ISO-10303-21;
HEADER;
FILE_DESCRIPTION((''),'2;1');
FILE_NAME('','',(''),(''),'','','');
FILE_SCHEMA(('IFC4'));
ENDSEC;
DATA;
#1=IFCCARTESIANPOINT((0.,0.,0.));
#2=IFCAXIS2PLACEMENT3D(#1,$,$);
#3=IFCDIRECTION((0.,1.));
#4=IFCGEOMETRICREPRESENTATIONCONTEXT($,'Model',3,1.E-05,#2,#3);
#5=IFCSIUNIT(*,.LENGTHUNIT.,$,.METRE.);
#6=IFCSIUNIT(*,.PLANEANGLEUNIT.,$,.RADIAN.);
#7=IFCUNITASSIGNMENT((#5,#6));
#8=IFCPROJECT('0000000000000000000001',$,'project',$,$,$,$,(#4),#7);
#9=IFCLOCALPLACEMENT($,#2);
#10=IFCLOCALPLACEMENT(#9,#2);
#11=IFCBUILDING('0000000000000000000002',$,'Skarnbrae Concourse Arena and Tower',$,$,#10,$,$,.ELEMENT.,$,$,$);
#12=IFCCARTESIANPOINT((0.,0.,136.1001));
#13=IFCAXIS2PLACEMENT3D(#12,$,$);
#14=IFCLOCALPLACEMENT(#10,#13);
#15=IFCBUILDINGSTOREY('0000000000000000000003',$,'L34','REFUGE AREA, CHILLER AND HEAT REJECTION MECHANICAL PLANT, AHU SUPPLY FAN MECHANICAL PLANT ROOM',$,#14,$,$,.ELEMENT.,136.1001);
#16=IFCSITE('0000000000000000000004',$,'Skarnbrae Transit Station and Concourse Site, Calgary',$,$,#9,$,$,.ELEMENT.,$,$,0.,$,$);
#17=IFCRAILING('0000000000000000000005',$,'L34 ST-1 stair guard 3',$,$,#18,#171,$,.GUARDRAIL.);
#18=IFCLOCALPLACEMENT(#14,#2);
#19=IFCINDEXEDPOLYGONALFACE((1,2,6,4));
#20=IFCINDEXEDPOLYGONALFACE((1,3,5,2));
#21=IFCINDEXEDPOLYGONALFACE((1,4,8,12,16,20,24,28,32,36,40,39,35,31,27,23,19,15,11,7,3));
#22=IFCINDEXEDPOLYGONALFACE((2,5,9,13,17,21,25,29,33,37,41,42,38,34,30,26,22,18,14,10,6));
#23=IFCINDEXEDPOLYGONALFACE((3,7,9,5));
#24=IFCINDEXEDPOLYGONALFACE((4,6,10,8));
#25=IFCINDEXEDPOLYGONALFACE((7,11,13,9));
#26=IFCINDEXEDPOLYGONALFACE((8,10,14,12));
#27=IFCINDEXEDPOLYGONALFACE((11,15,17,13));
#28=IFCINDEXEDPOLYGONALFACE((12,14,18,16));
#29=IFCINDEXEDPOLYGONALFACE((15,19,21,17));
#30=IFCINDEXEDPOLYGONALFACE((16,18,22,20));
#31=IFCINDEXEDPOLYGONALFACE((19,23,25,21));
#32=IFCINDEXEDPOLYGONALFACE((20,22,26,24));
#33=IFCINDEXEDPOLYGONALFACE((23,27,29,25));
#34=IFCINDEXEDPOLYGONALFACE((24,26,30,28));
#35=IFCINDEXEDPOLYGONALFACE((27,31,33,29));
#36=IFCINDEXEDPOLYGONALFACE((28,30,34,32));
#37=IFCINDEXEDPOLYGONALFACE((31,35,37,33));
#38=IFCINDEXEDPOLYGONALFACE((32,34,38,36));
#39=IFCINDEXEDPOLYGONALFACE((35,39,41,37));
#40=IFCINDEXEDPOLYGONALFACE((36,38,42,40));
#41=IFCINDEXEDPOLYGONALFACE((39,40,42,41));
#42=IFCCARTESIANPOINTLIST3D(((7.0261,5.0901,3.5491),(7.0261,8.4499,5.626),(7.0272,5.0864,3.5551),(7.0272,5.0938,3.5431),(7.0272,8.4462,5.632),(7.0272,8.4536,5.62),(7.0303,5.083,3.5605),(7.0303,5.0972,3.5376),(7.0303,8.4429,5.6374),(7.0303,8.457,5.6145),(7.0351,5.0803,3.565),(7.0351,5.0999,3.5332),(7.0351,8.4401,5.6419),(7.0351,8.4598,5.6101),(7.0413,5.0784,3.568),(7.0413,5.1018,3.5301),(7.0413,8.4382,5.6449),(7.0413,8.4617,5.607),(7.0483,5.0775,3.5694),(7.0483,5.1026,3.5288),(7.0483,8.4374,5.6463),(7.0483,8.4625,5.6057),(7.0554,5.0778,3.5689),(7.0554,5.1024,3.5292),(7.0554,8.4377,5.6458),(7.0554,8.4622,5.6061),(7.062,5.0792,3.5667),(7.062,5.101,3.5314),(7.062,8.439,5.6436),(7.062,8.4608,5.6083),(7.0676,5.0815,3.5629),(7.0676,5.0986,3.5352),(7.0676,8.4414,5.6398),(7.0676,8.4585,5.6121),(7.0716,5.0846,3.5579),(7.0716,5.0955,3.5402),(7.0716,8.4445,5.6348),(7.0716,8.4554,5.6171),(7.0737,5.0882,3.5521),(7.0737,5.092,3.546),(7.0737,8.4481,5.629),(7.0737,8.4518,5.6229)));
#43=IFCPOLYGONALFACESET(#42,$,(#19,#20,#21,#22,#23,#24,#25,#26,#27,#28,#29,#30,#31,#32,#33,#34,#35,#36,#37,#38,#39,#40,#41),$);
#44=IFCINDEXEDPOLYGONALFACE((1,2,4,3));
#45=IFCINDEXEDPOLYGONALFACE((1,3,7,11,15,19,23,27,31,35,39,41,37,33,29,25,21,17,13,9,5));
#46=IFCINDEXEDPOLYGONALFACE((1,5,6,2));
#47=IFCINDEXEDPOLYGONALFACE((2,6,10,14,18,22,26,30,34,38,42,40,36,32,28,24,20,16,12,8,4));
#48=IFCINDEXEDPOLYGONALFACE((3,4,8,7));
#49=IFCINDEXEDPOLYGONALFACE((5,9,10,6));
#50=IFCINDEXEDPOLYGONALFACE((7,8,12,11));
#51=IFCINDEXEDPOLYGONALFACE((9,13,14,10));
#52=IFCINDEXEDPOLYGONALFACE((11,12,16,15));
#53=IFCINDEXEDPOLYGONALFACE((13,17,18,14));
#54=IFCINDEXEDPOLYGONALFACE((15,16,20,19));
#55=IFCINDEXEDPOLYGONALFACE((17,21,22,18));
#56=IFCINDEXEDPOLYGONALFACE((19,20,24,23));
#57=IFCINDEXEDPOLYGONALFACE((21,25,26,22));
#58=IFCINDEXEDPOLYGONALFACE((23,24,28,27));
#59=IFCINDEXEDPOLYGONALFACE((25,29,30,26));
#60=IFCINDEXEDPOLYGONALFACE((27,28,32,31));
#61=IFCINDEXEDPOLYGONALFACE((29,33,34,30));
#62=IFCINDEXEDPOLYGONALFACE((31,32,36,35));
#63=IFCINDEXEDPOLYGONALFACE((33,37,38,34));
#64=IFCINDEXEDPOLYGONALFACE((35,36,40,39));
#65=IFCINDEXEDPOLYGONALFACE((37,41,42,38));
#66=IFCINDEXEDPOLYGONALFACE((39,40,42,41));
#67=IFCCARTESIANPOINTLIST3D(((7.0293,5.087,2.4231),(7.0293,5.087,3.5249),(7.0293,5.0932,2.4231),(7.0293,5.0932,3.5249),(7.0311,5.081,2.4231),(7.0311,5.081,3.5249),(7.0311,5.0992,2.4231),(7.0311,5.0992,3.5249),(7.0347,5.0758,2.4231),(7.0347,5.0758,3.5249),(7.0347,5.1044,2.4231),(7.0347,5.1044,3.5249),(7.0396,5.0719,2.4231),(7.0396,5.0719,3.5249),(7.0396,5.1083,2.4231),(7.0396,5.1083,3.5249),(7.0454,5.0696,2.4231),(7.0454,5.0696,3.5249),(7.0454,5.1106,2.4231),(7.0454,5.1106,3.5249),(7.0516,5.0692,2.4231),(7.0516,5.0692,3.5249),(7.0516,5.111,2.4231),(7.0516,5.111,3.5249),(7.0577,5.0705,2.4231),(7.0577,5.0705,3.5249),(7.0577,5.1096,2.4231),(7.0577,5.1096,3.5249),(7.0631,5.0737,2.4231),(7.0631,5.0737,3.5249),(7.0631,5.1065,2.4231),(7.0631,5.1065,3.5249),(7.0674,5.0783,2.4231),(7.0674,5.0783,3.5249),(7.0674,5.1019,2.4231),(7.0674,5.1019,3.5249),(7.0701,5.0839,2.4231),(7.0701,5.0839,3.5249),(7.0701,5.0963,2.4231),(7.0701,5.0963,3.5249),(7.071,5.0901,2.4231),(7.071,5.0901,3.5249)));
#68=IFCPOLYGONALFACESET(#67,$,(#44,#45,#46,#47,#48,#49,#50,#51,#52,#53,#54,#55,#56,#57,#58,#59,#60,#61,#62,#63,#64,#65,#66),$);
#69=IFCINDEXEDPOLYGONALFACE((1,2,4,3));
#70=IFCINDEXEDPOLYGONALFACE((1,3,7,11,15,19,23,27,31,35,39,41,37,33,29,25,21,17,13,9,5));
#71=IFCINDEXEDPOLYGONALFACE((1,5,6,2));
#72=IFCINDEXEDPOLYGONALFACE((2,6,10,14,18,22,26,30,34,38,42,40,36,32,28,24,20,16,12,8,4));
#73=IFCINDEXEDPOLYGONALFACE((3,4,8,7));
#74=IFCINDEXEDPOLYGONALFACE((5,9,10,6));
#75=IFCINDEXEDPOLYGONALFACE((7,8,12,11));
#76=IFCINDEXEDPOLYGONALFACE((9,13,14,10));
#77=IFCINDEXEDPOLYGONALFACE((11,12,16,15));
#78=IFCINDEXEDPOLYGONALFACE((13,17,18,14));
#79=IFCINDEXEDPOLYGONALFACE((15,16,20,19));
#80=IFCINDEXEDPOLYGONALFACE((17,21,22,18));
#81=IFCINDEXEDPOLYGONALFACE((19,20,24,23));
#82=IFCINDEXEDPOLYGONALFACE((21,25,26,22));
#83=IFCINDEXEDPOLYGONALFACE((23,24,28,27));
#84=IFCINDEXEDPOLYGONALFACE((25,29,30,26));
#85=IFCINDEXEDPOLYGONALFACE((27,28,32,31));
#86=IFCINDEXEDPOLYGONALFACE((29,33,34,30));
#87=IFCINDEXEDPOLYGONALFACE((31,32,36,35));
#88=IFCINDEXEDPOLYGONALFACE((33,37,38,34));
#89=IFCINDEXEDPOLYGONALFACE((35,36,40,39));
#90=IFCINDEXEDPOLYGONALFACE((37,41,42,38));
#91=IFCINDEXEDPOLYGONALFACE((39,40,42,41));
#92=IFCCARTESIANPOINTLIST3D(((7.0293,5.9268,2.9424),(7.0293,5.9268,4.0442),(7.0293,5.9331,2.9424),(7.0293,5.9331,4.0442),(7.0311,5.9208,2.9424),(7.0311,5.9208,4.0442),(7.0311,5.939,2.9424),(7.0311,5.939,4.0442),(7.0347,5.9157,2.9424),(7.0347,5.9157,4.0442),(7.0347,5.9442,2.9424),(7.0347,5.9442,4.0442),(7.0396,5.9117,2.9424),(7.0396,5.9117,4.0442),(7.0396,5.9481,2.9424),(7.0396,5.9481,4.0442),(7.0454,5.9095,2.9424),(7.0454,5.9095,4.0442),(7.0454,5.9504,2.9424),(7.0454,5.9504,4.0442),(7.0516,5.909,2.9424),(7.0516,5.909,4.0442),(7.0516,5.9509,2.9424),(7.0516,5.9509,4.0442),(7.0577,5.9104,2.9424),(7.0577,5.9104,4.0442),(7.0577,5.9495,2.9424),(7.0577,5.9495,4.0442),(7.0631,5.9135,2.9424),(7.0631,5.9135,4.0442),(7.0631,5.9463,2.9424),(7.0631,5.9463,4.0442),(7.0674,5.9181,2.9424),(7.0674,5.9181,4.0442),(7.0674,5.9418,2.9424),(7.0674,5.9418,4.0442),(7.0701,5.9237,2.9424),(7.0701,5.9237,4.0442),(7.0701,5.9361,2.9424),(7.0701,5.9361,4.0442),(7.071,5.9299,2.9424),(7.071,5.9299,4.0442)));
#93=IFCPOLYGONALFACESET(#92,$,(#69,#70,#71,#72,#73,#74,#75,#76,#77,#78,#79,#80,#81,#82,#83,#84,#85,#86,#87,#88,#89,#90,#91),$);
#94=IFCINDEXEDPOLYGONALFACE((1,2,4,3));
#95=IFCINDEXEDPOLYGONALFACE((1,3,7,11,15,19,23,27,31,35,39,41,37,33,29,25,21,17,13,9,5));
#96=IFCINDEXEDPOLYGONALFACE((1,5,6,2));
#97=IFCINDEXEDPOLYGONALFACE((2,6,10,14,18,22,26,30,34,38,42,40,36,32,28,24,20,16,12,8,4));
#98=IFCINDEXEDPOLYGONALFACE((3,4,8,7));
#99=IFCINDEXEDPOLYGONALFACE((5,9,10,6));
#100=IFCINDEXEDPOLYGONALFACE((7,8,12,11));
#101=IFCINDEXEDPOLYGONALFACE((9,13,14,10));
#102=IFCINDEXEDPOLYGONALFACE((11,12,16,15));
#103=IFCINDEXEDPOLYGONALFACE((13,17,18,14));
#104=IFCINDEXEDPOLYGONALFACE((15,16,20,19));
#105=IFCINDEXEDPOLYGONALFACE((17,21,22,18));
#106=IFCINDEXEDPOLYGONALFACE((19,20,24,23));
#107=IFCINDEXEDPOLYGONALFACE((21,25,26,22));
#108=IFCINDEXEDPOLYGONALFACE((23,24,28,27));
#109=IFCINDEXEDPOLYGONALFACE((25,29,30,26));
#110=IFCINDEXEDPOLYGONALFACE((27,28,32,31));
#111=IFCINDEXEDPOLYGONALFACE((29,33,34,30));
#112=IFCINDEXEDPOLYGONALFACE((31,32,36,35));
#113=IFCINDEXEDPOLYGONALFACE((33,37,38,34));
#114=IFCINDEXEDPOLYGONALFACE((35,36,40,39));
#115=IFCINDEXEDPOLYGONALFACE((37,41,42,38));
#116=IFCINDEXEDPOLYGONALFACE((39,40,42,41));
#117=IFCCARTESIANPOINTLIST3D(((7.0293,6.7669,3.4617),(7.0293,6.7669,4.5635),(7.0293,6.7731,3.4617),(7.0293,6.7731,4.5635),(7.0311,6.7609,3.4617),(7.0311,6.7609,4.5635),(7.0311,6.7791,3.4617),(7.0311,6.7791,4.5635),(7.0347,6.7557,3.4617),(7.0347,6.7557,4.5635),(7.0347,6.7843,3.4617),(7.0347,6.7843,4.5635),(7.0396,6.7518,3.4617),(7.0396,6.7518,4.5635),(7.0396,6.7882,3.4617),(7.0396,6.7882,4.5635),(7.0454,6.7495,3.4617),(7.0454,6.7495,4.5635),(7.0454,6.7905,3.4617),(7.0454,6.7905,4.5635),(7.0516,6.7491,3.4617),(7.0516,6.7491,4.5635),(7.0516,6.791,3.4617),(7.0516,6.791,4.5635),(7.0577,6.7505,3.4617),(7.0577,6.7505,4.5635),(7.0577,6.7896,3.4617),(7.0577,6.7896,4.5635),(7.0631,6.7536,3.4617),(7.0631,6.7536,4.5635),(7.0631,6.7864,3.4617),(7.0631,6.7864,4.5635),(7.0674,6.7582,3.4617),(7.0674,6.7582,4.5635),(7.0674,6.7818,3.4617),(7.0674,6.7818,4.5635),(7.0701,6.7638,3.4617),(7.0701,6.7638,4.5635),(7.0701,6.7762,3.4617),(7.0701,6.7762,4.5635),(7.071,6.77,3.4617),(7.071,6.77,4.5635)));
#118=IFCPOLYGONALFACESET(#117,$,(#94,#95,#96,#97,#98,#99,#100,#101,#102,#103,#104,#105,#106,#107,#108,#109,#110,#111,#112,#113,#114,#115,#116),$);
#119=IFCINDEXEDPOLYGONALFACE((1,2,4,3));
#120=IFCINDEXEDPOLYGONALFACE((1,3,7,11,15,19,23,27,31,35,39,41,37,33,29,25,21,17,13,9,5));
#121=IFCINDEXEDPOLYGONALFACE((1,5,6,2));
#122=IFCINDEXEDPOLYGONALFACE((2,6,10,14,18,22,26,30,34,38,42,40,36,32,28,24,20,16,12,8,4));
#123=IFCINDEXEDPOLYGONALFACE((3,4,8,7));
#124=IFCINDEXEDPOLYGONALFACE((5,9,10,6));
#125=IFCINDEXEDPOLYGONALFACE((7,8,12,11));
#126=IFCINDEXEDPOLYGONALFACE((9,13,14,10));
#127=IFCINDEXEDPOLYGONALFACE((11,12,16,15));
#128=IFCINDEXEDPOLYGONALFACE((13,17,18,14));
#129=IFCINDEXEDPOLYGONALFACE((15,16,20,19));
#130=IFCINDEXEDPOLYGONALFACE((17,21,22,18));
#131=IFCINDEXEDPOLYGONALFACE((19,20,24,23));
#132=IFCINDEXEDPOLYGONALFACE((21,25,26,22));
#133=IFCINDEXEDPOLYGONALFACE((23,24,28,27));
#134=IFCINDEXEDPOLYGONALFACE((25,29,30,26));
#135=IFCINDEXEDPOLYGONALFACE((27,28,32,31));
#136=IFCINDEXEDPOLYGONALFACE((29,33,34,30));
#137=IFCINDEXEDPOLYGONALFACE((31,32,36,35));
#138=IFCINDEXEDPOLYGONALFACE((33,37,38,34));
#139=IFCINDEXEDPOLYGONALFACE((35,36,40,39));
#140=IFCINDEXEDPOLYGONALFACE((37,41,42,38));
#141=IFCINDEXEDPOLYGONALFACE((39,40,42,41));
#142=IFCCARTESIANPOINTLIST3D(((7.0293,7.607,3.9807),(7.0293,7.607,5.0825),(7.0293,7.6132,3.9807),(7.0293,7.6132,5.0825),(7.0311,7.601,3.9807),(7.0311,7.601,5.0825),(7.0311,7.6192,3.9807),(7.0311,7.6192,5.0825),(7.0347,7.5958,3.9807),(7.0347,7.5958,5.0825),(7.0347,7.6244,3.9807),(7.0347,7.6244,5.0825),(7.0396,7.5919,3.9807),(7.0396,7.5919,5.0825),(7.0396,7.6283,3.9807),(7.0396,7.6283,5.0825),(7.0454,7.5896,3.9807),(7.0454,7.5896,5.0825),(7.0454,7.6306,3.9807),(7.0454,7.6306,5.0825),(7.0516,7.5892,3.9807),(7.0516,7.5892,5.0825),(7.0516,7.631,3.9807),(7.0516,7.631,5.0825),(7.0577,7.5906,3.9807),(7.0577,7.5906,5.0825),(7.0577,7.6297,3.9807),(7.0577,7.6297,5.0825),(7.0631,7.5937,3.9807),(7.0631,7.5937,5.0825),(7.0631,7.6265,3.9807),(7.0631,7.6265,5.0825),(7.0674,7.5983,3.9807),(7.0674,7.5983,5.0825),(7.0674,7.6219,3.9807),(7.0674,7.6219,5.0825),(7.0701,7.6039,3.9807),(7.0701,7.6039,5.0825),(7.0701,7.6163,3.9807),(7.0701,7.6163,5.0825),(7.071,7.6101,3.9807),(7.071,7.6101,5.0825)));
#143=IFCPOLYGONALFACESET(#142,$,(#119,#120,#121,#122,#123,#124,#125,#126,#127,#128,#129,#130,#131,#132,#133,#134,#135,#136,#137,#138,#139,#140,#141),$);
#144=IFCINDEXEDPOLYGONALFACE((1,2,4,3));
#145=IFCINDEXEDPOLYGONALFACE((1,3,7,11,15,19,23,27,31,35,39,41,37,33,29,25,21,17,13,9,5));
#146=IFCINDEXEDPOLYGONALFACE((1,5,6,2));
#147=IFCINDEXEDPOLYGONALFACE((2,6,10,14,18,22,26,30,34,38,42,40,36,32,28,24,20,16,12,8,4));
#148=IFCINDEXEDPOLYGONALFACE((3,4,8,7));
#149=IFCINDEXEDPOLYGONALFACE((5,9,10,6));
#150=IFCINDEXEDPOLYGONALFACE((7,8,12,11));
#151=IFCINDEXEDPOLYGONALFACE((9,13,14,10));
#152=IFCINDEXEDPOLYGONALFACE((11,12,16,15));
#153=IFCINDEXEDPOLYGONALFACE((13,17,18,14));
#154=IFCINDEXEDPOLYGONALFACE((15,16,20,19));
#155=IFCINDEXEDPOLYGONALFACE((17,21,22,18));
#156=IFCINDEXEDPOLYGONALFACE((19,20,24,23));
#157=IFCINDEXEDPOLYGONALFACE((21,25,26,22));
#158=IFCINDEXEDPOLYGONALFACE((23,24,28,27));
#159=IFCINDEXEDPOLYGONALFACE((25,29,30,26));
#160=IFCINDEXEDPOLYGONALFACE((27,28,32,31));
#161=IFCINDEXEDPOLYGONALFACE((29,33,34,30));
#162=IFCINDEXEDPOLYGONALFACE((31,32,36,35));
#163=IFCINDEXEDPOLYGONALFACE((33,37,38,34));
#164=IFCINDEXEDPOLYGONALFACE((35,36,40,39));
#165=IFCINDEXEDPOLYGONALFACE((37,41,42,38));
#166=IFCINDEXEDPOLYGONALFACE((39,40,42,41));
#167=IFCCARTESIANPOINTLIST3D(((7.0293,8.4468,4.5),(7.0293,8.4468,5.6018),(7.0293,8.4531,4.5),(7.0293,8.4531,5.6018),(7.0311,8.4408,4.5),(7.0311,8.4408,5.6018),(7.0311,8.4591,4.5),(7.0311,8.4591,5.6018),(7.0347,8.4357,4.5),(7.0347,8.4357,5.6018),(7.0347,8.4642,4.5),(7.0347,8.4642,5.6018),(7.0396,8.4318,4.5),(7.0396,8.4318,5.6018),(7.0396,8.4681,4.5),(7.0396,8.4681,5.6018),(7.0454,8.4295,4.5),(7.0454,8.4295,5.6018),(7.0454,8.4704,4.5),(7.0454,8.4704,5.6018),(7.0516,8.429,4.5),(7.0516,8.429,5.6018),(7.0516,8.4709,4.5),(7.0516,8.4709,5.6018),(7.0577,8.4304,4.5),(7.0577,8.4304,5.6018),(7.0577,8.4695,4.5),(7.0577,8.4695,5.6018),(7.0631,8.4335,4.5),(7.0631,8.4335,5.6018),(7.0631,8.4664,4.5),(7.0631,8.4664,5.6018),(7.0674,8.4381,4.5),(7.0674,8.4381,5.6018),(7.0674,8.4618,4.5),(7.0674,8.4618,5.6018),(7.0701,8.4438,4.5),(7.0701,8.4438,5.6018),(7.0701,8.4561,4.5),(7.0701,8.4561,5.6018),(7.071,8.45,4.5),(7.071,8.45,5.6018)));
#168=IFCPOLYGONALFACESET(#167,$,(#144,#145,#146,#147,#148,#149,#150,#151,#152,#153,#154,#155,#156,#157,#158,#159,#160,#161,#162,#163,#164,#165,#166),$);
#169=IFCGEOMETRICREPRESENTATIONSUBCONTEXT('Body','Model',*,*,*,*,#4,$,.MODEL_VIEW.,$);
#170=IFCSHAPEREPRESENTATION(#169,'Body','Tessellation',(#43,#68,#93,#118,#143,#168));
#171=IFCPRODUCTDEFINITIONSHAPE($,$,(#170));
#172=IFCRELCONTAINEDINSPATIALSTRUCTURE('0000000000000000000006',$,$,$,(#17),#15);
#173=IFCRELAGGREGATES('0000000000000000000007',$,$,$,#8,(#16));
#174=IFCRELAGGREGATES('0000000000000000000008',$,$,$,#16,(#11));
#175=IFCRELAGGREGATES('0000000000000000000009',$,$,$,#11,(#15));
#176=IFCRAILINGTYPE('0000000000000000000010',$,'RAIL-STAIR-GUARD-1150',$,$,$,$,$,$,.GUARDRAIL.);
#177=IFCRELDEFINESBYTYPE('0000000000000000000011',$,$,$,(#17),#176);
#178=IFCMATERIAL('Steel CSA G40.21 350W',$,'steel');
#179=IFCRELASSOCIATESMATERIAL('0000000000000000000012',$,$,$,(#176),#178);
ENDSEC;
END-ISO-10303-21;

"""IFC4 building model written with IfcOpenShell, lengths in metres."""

from ifc_helpers import new_model, si_unit, direction, frame, origin, origin_2d, place, context, subcontext, project, spatial, circle, extrude, material, type_object, element, save


model = new_model("IFC4")

# Units and contexts
model_context = context("Model", 3, precision=1e-05, world=origin(), true_north=direction((0.0, 1.0)))
body_context = subcontext(model_context, "Body", "Model", "MODEL_VIEW")
ifc_project = project(units=[si_unit("LENGTHUNIT", "METRE"), si_unit("PLANEANGLEUNIT", "RADIAN")], contexts=[model_context])

# Site, building, storey
site_placement = place(None, origin())
site = spatial("IfcSite", under=ifc_project, at=site_placement, Name="Skarnbrae Transit Station and Concourse Site, Calgary", CompositionType="ELEMENT", RefElevation=0.0)
building_placement = place(site_placement, origin())
building = spatial("IfcBuilding", under=site, at=building_placement, Name="Skarnbrae Concourse Arena and Tower", CompositionType="ELEMENT")
storey_placement = place(building_placement, frame((0.0, 0.0, 136.1001)))
storey = spatial("IfcBuildingStorey", under=building, at=storey_placement, Name="L34", Description="REFUGE AREA, CHILLER AND HEAT REJECTION MECHANICAL PLANT, AHU SUPPLY FAN MECHANICAL PLANT ROOM", CompositionType="ELEMENT", Elevation=136.1001)

# Shared definitions
ifc_material_1 = material(Name="Steel CSA G40.21 350W", Category="steel")

# Railing
railing_type_1 = type_object("IfcRailingType", Name="RAIL-STAIR-GUARD-1150", PredefinedType="GUARDRAIL", material=ifc_material_1)
railing_1_placement = place(storey_placement, frame((7.05, 5.0901, 2.4231)))
element("IfcRailing", 1, at=railing_1_placement, inside=storey, type_object=railing_type_1, Name="L34 ST-1 stair guard 3", PredefinedType="GUARDRAIL", context=body_context, shape_type="SweptSolid", body=[
    extrude(circle(Radius=0.0239, at=origin_2d()), frame((0.0, 0.0, 1.126), z_axis=(0.0, 0.850606, 0.525803), x_axis=(-1.0, 0.0, 0.0)), (0.0, 0.0, 1.0), 3.95),
    extrude(circle(Radius=0.021, at=origin_2d()), origin(), (0.0, 0.0, 1.0), 1.1018),
    extrude(circle(Radius=0.021, at=origin_2d()), frame((0.0, 0.8398, 0.5193)), (0.0, 0.0, 1.0), 1.1018),
    extrude(circle(Radius=0.021, at=origin_2d()), frame((0.0, 1.6799, 1.0386)), (0.0, 0.0, 1.0), 1.1018),
    extrude(circle(Radius=0.021, at=origin_2d()), frame((0.0, 2.52, 1.5576)), (0.0, 0.0, 1.0), 1.1018),
    extrude(circle(Radius=0.021, at=origin_2d()), frame((0.0, 3.3599, 2.0769)), (0.0, 0.0, 1.0), 1.1018),
])

save(model, "model.ifc")
